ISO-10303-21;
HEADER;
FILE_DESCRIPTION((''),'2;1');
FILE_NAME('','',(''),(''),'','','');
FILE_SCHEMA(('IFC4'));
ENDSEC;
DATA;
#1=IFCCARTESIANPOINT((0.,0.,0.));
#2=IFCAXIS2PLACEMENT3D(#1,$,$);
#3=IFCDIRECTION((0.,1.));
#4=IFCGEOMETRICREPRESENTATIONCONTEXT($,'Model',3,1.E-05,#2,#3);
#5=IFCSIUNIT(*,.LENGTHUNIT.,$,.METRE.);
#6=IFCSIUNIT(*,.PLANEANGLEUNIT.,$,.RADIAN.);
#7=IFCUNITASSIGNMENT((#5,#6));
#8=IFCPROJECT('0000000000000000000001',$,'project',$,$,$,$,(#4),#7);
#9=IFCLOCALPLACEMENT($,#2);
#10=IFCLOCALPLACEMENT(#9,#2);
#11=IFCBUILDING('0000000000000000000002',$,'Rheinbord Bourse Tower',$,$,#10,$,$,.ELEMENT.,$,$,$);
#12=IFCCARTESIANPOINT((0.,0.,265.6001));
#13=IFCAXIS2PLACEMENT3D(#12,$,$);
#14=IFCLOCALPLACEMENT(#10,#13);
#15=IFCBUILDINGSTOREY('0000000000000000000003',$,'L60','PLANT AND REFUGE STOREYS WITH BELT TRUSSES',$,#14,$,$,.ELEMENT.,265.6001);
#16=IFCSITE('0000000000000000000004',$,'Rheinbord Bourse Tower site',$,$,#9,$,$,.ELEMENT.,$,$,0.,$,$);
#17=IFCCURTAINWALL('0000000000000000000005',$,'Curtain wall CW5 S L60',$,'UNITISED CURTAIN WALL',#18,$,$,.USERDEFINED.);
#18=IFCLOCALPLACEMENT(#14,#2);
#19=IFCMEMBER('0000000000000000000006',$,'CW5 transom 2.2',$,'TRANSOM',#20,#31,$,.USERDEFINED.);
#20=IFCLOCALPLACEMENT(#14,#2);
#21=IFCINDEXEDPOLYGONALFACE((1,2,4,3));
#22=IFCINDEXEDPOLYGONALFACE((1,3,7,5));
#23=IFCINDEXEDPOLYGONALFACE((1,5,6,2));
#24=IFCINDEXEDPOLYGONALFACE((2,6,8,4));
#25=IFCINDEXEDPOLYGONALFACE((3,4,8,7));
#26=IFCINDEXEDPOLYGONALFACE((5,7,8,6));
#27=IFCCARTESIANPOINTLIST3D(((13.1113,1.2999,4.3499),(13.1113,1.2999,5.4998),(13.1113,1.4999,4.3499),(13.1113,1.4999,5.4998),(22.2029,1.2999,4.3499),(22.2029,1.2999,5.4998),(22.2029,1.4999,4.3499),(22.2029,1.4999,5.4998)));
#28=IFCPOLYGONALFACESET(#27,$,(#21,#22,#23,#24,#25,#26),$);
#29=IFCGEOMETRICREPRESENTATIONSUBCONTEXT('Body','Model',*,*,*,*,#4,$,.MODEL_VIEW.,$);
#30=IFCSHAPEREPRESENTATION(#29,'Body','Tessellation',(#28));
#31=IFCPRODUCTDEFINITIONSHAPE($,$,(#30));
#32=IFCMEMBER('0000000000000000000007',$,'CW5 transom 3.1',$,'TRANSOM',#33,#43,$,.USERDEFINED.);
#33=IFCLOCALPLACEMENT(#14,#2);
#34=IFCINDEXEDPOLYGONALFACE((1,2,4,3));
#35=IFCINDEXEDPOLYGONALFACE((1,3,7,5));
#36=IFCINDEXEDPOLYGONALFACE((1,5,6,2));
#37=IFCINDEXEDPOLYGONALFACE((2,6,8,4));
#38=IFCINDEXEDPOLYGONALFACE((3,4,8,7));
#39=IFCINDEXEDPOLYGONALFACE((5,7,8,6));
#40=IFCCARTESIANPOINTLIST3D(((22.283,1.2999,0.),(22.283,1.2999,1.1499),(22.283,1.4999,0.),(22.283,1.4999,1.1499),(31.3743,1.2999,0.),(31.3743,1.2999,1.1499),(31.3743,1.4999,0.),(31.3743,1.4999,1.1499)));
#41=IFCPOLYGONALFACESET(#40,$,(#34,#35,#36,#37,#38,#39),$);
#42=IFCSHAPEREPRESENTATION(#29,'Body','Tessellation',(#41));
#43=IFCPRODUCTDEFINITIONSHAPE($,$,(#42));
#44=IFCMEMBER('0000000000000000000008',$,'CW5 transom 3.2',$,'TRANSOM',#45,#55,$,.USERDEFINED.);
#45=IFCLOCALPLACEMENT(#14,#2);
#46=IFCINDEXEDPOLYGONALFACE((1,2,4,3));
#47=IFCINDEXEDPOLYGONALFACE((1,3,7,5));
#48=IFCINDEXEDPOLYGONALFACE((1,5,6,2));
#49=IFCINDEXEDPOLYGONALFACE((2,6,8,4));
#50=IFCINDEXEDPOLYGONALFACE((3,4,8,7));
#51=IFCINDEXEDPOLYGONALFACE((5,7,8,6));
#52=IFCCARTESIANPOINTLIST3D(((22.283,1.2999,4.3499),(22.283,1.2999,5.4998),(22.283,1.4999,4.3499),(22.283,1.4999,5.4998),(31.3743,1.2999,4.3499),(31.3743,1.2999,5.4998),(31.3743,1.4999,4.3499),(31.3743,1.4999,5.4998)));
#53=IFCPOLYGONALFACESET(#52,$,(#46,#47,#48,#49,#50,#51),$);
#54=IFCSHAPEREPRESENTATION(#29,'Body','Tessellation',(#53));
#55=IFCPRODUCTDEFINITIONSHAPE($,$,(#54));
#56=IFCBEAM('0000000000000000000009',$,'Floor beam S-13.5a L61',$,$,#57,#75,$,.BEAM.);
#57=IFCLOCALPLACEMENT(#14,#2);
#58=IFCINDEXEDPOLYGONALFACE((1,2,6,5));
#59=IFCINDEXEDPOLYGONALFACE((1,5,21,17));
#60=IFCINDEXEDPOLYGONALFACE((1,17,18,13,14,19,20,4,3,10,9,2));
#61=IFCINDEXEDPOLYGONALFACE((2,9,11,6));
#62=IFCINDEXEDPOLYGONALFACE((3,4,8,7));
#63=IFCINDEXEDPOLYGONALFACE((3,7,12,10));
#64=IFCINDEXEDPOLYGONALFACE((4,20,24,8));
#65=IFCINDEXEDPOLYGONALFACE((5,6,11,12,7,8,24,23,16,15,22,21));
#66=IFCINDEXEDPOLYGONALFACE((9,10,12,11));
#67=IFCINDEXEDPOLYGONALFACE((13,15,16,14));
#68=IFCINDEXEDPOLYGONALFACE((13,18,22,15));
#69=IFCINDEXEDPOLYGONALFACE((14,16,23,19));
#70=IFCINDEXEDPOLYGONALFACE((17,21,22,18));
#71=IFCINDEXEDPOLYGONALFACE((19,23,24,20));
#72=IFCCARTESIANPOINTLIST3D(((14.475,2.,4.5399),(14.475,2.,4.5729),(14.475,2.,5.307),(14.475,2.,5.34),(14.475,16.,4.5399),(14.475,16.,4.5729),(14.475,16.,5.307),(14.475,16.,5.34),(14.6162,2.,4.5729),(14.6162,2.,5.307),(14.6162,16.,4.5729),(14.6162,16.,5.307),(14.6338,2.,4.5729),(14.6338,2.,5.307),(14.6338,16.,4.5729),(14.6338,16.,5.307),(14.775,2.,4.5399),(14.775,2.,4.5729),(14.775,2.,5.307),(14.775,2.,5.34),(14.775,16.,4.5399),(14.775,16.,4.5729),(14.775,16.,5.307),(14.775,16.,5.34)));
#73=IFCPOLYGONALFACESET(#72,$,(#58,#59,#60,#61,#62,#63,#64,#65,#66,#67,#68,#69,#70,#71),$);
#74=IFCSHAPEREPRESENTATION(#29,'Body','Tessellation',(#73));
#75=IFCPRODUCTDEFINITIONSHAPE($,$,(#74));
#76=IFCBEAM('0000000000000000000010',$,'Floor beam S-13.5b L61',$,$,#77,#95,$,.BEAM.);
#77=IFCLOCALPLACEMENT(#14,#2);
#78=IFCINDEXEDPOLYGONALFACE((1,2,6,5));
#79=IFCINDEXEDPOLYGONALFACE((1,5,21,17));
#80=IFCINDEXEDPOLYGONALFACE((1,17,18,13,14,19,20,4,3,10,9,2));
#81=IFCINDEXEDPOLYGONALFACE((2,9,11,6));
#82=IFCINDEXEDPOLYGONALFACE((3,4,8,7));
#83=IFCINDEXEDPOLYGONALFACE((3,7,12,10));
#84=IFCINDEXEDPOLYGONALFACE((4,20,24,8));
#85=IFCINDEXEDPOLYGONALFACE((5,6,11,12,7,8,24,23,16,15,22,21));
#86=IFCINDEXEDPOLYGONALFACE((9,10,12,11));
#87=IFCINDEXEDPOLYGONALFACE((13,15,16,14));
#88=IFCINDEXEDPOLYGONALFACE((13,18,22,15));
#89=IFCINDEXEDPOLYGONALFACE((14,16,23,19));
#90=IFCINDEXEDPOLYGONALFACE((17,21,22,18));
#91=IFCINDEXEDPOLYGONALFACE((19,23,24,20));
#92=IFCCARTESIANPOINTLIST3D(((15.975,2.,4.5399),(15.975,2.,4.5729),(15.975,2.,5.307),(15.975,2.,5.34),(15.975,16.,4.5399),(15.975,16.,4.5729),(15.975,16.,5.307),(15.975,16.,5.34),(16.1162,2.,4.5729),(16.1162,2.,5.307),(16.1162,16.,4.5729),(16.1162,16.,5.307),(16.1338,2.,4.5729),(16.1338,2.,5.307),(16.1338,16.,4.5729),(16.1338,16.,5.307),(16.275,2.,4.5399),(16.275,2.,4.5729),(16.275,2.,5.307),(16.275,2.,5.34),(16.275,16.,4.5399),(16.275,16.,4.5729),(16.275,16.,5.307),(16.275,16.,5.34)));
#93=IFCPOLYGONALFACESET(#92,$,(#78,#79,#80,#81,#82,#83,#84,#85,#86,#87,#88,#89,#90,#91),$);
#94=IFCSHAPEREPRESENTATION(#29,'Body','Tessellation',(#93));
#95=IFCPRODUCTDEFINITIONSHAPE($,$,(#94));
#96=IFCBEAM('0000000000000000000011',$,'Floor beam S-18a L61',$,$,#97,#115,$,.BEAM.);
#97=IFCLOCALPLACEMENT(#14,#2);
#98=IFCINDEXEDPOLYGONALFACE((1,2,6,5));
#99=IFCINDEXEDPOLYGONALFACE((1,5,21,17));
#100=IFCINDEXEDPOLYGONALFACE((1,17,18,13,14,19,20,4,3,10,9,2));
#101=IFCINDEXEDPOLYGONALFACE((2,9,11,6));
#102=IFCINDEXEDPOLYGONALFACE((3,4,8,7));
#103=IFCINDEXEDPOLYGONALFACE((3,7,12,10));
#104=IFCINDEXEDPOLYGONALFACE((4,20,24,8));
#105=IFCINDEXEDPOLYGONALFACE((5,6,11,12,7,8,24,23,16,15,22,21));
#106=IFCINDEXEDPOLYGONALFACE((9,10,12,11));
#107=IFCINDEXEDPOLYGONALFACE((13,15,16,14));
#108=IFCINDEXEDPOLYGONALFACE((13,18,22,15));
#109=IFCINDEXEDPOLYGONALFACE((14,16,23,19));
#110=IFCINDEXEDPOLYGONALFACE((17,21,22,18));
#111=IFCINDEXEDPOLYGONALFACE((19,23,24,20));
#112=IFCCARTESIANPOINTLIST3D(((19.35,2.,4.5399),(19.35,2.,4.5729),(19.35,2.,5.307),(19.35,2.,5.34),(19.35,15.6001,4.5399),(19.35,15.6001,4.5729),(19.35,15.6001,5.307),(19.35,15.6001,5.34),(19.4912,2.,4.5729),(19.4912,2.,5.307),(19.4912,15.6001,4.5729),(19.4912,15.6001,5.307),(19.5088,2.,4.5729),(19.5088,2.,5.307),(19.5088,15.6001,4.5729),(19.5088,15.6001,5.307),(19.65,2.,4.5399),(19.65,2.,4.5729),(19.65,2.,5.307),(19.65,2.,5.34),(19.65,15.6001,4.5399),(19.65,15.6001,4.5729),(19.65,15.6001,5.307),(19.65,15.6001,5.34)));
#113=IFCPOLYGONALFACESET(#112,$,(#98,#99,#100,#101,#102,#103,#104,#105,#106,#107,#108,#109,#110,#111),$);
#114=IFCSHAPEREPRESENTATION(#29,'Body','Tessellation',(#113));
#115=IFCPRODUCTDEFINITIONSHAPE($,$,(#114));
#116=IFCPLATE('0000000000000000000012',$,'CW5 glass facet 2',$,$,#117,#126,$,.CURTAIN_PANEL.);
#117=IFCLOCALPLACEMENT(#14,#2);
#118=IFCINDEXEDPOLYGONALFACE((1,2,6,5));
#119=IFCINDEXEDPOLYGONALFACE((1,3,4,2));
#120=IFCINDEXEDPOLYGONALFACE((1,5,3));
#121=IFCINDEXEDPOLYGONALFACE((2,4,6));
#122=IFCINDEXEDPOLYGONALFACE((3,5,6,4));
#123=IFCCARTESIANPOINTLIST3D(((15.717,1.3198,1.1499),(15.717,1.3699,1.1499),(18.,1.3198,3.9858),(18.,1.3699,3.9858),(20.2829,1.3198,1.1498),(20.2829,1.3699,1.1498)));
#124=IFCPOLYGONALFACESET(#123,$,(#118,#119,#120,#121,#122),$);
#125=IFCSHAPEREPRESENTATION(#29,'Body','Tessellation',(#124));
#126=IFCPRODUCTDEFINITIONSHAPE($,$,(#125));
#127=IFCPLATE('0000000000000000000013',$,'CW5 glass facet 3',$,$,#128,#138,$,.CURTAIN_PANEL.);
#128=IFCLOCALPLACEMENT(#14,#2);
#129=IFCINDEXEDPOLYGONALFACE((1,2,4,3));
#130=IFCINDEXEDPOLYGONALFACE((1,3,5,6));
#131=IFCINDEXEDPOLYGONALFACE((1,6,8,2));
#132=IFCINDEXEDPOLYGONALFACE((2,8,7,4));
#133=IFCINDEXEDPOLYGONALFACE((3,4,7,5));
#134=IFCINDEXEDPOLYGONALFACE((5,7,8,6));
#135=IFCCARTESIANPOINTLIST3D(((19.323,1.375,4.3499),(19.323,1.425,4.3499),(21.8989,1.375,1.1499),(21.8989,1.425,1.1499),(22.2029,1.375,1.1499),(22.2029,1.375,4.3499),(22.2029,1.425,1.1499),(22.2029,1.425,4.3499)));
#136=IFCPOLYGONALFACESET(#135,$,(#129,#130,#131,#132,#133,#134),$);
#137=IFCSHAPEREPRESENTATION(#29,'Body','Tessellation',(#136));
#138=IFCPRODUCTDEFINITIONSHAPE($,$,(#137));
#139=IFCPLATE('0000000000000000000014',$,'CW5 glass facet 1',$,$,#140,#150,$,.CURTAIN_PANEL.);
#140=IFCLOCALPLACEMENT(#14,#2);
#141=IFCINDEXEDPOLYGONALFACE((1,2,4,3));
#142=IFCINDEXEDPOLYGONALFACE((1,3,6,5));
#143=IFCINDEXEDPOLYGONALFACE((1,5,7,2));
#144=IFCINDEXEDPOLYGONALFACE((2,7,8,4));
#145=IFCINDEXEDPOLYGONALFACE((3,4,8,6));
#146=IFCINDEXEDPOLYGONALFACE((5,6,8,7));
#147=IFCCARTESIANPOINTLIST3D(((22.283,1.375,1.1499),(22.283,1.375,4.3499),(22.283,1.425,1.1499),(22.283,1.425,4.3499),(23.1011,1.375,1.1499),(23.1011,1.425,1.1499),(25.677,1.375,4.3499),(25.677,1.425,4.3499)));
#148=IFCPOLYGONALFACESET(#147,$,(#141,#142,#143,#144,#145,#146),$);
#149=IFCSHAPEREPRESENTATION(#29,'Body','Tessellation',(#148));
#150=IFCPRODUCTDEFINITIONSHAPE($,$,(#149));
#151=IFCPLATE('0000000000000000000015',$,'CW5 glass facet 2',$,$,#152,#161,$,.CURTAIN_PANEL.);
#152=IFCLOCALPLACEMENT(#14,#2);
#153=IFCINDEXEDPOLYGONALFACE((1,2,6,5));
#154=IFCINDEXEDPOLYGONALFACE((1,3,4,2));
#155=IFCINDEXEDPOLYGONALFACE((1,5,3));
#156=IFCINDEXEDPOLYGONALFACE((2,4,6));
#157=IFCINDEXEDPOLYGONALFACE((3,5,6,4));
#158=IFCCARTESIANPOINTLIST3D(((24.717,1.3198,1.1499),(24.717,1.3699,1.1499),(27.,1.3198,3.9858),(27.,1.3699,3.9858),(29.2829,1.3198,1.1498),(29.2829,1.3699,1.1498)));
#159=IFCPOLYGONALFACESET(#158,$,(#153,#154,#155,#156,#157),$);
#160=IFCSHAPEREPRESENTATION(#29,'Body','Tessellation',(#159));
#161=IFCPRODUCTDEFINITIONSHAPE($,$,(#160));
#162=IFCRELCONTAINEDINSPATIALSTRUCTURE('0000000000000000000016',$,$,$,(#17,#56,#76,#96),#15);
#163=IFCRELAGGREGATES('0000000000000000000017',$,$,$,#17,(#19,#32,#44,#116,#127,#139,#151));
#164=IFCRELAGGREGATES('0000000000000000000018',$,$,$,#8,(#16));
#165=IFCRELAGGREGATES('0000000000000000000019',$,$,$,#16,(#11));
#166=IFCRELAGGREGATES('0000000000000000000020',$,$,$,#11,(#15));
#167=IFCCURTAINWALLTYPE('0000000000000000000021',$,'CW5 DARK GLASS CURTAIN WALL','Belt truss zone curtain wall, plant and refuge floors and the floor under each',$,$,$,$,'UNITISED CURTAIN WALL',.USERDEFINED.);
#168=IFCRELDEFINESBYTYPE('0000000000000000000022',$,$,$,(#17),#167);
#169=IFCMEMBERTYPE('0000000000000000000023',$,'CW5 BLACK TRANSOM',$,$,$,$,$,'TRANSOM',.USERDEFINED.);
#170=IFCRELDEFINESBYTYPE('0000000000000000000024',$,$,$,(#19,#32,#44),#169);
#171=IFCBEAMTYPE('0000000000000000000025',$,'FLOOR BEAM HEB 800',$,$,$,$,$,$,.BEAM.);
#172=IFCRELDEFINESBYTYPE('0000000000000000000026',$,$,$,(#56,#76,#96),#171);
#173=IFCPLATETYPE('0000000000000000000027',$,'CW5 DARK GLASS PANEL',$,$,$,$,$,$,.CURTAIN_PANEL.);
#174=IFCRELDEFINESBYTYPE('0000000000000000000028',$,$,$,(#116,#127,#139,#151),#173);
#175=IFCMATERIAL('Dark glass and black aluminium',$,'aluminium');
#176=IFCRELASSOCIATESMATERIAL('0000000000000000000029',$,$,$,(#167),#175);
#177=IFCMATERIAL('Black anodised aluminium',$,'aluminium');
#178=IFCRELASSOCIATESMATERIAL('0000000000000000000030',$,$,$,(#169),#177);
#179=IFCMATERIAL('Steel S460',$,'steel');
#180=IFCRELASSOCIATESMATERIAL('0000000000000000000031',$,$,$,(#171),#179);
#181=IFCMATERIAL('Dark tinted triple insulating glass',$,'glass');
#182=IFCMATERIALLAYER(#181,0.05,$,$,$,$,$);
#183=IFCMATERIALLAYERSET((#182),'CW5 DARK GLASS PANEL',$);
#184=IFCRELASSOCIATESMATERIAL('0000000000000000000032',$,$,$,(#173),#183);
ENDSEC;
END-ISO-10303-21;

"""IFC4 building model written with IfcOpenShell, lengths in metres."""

from ifc_helpers import new_model, si_unit, direction, frame, origin, origin_2d, place, context, subcontext, project, spatial, polyline, rectangle, i_section, outline, extrude, material, layer, layer_set, material_profile, profile_set, type_object, element, aggregate, save


model = new_model("IFC4")

# Units and contexts
model_context = context("Model", 3, precision=1e-05, world=origin(), true_north=direction((0.0, 1.0)))
body_context = subcontext(model_context, "Body", "Model", "MODEL_VIEW")
ifc_project = project(units=[si_unit("LENGTHUNIT", "METRE"), si_unit("PLANEANGLEUNIT", "RADIAN")], contexts=[model_context])

# Site, building, storey
site_placement = place(None, origin())
site = spatial("IfcSite", under=ifc_project, at=site_placement, Name="Rheinbord Bourse Tower site", CompositionType="ELEMENT", RefElevation=0.0)
building_placement = place(site_placement, origin())
building = spatial("IfcBuilding", under=site, at=building_placement, Name="Rheinbord Bourse Tower", CompositionType="ELEMENT")
storey_placement = place(building_placement, frame((0.0, 0.0, 265.6001)))
storey = spatial("IfcBuildingStorey", under=building, at=storey_placement, Name="L60", Description="PLANT AND REFUGE STOREYS WITH BELT TRUSSES", CompositionType="ELEMENT", Elevation=265.6001)

# Curtain wall, members
ifc_material_1 = material(Name="Dark glass and black aluminium", Category="aluminium")
curtain_wall_type = type_object("IfcCurtainWallType", Name="CW5 DARK GLASS CURTAIN WALL", Description="Belt truss zone curtain wall, plant and refuge floors and the floor under each", ElementType="UNITISED CURTAIN WALL", PredefinedType="USERDEFINED", material=ifc_material_1)
curtain_wall_placement = place(storey_placement, origin())
curtain_wall = element("IfcCurtainWall", 1, at=curtain_wall_placement, inside=storey, type_object=curtain_wall_type, Name="Curtain wall CW5 S L60", ObjectType="UNITISED CURTAIN WALL", PredefinedType="USERDEFINED")
ifc_material_2 = material(Name="Black anodised aluminium", Category="aluminium")
ifc_material_profile_1 = material_profile(ifc_material_2, rectangle(XDim=0.2, YDim=1.1499, at=origin_2d()), Name="CW5 TRANSOM 1150x200")
ifc_profile_set_1 = profile_set([ifc_material_profile_1], Name="Black anodised aluminium")
member_type_1 = type_object("IfcMemberType", Name="CW5 BLACK TRANSOM", ElementType="TRANSOM", PredefinedType="USERDEFINED", material=ifc_profile_set_1)
member_1_placement = place(storey_placement, frame((13.1113, 1.3999, 4.9248), z_axis=(1.0, 0.0, 0.0), x_axis=(0.0, 1.0, 0.0)))
member_1 = element("IfcMember", 2, at=member_1_placement, type_object=member_type_1, Name="CW5 transom 2.2", ObjectType="TRANSOM", PredefinedType="USERDEFINED", context=body_context, shape_type="SweptSolid", body=[
    extrude(rectangle(XDim=0.2, YDim=1.1499, at=origin_2d()), origin(), (0.0, 0.0, 1.0), 9.0916),
])
member_2_placement = place(storey_placement, frame((22.283, 1.3999, 0.575), z_axis=(1.0, 0.0, 0.0), x_axis=(0.0, 1.0, 0.0)))
member_2 = element("IfcMember", 3, at=member_2_placement, type_object=member_type_1, Name="CW5 transom 3.1", ObjectType="TRANSOM", PredefinedType="USERDEFINED", context=body_context, shape_type="SweptSolid", body=[
    extrude(rectangle(XDim=0.2, YDim=1.1499, at=origin_2d()), origin(), (0.0, 0.0, 1.0), 9.0913),
])
member_3_placement = place(storey_placement, frame((22.283, 1.3999, 4.9248), z_axis=(1.0, 0.0, 0.0), x_axis=(0.0, 1.0, 0.0)))
member_3 = element("IfcMember", 4, at=member_3_placement, type_object=member_type_1, Name="CW5 transom 3.2", ObjectType="TRANSOM", PredefinedType="USERDEFINED", context=body_context, shape_type="SweptSolid", body=[
    extrude(rectangle(XDim=0.2, YDim=1.1499, at=origin_2d()), origin(), (0.0, 0.0, 1.0), 9.0913),
])

# Beams
ifc_material_3 = material(Name="Steel S460", Category="steel")
ifc_material_profile_2 = material_profile(ifc_material_3, i_section(OverallWidth=0.3, OverallDepth=0.8, WebThickness=0.0176, FlangeThickness=0.033, at=origin_2d()), Name="HEB 800")
ifc_profile_set_2 = profile_set([ifc_material_profile_2], Name="Steel S460")
beam_type_1 = type_object("IfcBeamType", Name="FLOOR BEAM HEB 800", PredefinedType="BEAM", material=ifc_profile_set_2)
for number, where, z_axis, x_axis, name in (
    (5, (14.625, 2.0, 4.9399), (0.0, 1.0, 0.0), (-1.0, 0.0, 0.0), "Floor beam S-13.5a L61"),
    (6, (16.125, 2.0, 4.9399), (0.0, 1.0, 0.0), (-1.0, 0.0, 0.0), "Floor beam S-13.5b L61"),
):
    element("IfcBeam", number, at=place(storey_placement, frame(where, z_axis=z_axis, x_axis=x_axis)), inside=storey, type_object=beam_type_1, Name=name, PredefinedType="BEAM", context=body_context, shape_type="SweptSolid", body=[
        extrude(i_section(OverallWidth=0.3, OverallDepth=0.8, WebThickness=0.0176, FlangeThickness=0.033, at=origin_2d()), origin(), (0.0, 0.0, 1.0), 14.0),
    ])
beam_placement = place(storey_placement, frame((19.5, 2.0, 4.9399), z_axis=(0.0, 1.0, 0.0), x_axis=(-1.0, 0.0, 0.0)))
element("IfcBeam", 7, at=beam_placement, inside=storey, type_object=beam_type_1, Name="Floor beam S-18a L61", PredefinedType="BEAM", context=body_context, shape_type="SweptSolid", body=[
    extrude(i_section(OverallWidth=0.3, OverallDepth=0.8, WebThickness=0.0176, FlangeThickness=0.033, at=origin_2d()), origin(), (0.0, 0.0, 1.0), 13.6001),
])

# Plates
ifc_material_4 = material(Name="Dark tinted triple insulating glass", Category="glass")
ifc_layer = layer(ifc_material_4, 0.05)
ifc_layer_set = layer_set([ifc_layer], Name="CW5 DARK GLASS PANEL")
plate_type = type_object("IfcPlateType", Name="CW5 DARK GLASS PANEL", PredefinedType="CURTAIN_PANEL", material=ifc_layer_set)
plate_1_placement = place(storey_placement, frame((15.717, 1.3198, 1.1499), z_axis=(0.0, 1.0, 0.0), x_axis=(0.627072, 0.0, 0.778961)))
plate_1 = element("IfcPlate", 8, at=plate_1_placement, type_object=plate_type, Name="CW5 glass facet 2", PredefinedType="CURTAIN_PANEL", context=body_context, shape_type="SweptSolid", body=[
    extrude(outline(polyline([(0.0, 0.0), (3.6406, 0.0), (2.863, 3.5566), (0.0, 0.0)])), origin(), (0.0, 0.0, 1.0), 0.05),
])
plate_2_placement = place(storey_placement, frame((22.2029, 1.375, 4.3499), z_axis=(0.0, 1.0, 0.0), x_axis=(0.0, 0.0, -1.0)))
plate_2 = element("IfcPlate", 9, at=plate_2_placement, type_object=plate_type, Name="CW5 glass facet 3", PredefinedType="CURTAIN_PANEL", context=body_context, shape_type="SweptSolid", body=[
    extrude(outline(polyline([(0.0, 0.0), (3.2, 0.0), (3.2, 0.304), (0.0, 2.8799), (0.0, 0.0)])), origin(), (0.0, 0.0, 1.0), 0.05),
])
plate_3_placement = place(storey_placement, frame((22.283, 1.375, 1.1499), z_axis=(0.0, 1.0, 0.0), x_axis=(0.0, 0.0, 1.0)))
plate_3 = element("IfcPlate", 10, at=plate_3_placement, type_object=plate_type, Name="CW5 glass facet 1", PredefinedType="CURTAIN_PANEL", context=body_context, shape_type="SweptSolid", body=[
    extrude(outline(polyline([(0.0, 0.0), (3.2, 0.0), (3.2, 3.394), (0.0, 0.8181), (0.0, 0.0)])), origin(), (0.0, 0.0, 1.0), 0.05),
])
plate_4_placement = place(storey_placement, frame((24.717, 1.3198, 1.1499), z_axis=(0.0, 1.0, 0.0), x_axis=(0.627072, 0.0, 0.778961)))
plate_4 = element("IfcPlate", 11, at=plate_4_placement, type_object=plate_type, Name="CW5 glass facet 2", PredefinedType="CURTAIN_PANEL", context=body_context, shape_type="SweptSolid", body=[
    extrude(outline(polyline([(0.0, 0.0), (3.6406, 0.0), (2.863, 3.5566), (0.0, 0.0)])), origin(), (0.0, 0.0, 1.0), 0.05),
])
aggregate(curtain_wall, [member_1, member_2, member_3, plate_1, plate_2, plate_3, plate_4])

save(model, "model.ifc")
